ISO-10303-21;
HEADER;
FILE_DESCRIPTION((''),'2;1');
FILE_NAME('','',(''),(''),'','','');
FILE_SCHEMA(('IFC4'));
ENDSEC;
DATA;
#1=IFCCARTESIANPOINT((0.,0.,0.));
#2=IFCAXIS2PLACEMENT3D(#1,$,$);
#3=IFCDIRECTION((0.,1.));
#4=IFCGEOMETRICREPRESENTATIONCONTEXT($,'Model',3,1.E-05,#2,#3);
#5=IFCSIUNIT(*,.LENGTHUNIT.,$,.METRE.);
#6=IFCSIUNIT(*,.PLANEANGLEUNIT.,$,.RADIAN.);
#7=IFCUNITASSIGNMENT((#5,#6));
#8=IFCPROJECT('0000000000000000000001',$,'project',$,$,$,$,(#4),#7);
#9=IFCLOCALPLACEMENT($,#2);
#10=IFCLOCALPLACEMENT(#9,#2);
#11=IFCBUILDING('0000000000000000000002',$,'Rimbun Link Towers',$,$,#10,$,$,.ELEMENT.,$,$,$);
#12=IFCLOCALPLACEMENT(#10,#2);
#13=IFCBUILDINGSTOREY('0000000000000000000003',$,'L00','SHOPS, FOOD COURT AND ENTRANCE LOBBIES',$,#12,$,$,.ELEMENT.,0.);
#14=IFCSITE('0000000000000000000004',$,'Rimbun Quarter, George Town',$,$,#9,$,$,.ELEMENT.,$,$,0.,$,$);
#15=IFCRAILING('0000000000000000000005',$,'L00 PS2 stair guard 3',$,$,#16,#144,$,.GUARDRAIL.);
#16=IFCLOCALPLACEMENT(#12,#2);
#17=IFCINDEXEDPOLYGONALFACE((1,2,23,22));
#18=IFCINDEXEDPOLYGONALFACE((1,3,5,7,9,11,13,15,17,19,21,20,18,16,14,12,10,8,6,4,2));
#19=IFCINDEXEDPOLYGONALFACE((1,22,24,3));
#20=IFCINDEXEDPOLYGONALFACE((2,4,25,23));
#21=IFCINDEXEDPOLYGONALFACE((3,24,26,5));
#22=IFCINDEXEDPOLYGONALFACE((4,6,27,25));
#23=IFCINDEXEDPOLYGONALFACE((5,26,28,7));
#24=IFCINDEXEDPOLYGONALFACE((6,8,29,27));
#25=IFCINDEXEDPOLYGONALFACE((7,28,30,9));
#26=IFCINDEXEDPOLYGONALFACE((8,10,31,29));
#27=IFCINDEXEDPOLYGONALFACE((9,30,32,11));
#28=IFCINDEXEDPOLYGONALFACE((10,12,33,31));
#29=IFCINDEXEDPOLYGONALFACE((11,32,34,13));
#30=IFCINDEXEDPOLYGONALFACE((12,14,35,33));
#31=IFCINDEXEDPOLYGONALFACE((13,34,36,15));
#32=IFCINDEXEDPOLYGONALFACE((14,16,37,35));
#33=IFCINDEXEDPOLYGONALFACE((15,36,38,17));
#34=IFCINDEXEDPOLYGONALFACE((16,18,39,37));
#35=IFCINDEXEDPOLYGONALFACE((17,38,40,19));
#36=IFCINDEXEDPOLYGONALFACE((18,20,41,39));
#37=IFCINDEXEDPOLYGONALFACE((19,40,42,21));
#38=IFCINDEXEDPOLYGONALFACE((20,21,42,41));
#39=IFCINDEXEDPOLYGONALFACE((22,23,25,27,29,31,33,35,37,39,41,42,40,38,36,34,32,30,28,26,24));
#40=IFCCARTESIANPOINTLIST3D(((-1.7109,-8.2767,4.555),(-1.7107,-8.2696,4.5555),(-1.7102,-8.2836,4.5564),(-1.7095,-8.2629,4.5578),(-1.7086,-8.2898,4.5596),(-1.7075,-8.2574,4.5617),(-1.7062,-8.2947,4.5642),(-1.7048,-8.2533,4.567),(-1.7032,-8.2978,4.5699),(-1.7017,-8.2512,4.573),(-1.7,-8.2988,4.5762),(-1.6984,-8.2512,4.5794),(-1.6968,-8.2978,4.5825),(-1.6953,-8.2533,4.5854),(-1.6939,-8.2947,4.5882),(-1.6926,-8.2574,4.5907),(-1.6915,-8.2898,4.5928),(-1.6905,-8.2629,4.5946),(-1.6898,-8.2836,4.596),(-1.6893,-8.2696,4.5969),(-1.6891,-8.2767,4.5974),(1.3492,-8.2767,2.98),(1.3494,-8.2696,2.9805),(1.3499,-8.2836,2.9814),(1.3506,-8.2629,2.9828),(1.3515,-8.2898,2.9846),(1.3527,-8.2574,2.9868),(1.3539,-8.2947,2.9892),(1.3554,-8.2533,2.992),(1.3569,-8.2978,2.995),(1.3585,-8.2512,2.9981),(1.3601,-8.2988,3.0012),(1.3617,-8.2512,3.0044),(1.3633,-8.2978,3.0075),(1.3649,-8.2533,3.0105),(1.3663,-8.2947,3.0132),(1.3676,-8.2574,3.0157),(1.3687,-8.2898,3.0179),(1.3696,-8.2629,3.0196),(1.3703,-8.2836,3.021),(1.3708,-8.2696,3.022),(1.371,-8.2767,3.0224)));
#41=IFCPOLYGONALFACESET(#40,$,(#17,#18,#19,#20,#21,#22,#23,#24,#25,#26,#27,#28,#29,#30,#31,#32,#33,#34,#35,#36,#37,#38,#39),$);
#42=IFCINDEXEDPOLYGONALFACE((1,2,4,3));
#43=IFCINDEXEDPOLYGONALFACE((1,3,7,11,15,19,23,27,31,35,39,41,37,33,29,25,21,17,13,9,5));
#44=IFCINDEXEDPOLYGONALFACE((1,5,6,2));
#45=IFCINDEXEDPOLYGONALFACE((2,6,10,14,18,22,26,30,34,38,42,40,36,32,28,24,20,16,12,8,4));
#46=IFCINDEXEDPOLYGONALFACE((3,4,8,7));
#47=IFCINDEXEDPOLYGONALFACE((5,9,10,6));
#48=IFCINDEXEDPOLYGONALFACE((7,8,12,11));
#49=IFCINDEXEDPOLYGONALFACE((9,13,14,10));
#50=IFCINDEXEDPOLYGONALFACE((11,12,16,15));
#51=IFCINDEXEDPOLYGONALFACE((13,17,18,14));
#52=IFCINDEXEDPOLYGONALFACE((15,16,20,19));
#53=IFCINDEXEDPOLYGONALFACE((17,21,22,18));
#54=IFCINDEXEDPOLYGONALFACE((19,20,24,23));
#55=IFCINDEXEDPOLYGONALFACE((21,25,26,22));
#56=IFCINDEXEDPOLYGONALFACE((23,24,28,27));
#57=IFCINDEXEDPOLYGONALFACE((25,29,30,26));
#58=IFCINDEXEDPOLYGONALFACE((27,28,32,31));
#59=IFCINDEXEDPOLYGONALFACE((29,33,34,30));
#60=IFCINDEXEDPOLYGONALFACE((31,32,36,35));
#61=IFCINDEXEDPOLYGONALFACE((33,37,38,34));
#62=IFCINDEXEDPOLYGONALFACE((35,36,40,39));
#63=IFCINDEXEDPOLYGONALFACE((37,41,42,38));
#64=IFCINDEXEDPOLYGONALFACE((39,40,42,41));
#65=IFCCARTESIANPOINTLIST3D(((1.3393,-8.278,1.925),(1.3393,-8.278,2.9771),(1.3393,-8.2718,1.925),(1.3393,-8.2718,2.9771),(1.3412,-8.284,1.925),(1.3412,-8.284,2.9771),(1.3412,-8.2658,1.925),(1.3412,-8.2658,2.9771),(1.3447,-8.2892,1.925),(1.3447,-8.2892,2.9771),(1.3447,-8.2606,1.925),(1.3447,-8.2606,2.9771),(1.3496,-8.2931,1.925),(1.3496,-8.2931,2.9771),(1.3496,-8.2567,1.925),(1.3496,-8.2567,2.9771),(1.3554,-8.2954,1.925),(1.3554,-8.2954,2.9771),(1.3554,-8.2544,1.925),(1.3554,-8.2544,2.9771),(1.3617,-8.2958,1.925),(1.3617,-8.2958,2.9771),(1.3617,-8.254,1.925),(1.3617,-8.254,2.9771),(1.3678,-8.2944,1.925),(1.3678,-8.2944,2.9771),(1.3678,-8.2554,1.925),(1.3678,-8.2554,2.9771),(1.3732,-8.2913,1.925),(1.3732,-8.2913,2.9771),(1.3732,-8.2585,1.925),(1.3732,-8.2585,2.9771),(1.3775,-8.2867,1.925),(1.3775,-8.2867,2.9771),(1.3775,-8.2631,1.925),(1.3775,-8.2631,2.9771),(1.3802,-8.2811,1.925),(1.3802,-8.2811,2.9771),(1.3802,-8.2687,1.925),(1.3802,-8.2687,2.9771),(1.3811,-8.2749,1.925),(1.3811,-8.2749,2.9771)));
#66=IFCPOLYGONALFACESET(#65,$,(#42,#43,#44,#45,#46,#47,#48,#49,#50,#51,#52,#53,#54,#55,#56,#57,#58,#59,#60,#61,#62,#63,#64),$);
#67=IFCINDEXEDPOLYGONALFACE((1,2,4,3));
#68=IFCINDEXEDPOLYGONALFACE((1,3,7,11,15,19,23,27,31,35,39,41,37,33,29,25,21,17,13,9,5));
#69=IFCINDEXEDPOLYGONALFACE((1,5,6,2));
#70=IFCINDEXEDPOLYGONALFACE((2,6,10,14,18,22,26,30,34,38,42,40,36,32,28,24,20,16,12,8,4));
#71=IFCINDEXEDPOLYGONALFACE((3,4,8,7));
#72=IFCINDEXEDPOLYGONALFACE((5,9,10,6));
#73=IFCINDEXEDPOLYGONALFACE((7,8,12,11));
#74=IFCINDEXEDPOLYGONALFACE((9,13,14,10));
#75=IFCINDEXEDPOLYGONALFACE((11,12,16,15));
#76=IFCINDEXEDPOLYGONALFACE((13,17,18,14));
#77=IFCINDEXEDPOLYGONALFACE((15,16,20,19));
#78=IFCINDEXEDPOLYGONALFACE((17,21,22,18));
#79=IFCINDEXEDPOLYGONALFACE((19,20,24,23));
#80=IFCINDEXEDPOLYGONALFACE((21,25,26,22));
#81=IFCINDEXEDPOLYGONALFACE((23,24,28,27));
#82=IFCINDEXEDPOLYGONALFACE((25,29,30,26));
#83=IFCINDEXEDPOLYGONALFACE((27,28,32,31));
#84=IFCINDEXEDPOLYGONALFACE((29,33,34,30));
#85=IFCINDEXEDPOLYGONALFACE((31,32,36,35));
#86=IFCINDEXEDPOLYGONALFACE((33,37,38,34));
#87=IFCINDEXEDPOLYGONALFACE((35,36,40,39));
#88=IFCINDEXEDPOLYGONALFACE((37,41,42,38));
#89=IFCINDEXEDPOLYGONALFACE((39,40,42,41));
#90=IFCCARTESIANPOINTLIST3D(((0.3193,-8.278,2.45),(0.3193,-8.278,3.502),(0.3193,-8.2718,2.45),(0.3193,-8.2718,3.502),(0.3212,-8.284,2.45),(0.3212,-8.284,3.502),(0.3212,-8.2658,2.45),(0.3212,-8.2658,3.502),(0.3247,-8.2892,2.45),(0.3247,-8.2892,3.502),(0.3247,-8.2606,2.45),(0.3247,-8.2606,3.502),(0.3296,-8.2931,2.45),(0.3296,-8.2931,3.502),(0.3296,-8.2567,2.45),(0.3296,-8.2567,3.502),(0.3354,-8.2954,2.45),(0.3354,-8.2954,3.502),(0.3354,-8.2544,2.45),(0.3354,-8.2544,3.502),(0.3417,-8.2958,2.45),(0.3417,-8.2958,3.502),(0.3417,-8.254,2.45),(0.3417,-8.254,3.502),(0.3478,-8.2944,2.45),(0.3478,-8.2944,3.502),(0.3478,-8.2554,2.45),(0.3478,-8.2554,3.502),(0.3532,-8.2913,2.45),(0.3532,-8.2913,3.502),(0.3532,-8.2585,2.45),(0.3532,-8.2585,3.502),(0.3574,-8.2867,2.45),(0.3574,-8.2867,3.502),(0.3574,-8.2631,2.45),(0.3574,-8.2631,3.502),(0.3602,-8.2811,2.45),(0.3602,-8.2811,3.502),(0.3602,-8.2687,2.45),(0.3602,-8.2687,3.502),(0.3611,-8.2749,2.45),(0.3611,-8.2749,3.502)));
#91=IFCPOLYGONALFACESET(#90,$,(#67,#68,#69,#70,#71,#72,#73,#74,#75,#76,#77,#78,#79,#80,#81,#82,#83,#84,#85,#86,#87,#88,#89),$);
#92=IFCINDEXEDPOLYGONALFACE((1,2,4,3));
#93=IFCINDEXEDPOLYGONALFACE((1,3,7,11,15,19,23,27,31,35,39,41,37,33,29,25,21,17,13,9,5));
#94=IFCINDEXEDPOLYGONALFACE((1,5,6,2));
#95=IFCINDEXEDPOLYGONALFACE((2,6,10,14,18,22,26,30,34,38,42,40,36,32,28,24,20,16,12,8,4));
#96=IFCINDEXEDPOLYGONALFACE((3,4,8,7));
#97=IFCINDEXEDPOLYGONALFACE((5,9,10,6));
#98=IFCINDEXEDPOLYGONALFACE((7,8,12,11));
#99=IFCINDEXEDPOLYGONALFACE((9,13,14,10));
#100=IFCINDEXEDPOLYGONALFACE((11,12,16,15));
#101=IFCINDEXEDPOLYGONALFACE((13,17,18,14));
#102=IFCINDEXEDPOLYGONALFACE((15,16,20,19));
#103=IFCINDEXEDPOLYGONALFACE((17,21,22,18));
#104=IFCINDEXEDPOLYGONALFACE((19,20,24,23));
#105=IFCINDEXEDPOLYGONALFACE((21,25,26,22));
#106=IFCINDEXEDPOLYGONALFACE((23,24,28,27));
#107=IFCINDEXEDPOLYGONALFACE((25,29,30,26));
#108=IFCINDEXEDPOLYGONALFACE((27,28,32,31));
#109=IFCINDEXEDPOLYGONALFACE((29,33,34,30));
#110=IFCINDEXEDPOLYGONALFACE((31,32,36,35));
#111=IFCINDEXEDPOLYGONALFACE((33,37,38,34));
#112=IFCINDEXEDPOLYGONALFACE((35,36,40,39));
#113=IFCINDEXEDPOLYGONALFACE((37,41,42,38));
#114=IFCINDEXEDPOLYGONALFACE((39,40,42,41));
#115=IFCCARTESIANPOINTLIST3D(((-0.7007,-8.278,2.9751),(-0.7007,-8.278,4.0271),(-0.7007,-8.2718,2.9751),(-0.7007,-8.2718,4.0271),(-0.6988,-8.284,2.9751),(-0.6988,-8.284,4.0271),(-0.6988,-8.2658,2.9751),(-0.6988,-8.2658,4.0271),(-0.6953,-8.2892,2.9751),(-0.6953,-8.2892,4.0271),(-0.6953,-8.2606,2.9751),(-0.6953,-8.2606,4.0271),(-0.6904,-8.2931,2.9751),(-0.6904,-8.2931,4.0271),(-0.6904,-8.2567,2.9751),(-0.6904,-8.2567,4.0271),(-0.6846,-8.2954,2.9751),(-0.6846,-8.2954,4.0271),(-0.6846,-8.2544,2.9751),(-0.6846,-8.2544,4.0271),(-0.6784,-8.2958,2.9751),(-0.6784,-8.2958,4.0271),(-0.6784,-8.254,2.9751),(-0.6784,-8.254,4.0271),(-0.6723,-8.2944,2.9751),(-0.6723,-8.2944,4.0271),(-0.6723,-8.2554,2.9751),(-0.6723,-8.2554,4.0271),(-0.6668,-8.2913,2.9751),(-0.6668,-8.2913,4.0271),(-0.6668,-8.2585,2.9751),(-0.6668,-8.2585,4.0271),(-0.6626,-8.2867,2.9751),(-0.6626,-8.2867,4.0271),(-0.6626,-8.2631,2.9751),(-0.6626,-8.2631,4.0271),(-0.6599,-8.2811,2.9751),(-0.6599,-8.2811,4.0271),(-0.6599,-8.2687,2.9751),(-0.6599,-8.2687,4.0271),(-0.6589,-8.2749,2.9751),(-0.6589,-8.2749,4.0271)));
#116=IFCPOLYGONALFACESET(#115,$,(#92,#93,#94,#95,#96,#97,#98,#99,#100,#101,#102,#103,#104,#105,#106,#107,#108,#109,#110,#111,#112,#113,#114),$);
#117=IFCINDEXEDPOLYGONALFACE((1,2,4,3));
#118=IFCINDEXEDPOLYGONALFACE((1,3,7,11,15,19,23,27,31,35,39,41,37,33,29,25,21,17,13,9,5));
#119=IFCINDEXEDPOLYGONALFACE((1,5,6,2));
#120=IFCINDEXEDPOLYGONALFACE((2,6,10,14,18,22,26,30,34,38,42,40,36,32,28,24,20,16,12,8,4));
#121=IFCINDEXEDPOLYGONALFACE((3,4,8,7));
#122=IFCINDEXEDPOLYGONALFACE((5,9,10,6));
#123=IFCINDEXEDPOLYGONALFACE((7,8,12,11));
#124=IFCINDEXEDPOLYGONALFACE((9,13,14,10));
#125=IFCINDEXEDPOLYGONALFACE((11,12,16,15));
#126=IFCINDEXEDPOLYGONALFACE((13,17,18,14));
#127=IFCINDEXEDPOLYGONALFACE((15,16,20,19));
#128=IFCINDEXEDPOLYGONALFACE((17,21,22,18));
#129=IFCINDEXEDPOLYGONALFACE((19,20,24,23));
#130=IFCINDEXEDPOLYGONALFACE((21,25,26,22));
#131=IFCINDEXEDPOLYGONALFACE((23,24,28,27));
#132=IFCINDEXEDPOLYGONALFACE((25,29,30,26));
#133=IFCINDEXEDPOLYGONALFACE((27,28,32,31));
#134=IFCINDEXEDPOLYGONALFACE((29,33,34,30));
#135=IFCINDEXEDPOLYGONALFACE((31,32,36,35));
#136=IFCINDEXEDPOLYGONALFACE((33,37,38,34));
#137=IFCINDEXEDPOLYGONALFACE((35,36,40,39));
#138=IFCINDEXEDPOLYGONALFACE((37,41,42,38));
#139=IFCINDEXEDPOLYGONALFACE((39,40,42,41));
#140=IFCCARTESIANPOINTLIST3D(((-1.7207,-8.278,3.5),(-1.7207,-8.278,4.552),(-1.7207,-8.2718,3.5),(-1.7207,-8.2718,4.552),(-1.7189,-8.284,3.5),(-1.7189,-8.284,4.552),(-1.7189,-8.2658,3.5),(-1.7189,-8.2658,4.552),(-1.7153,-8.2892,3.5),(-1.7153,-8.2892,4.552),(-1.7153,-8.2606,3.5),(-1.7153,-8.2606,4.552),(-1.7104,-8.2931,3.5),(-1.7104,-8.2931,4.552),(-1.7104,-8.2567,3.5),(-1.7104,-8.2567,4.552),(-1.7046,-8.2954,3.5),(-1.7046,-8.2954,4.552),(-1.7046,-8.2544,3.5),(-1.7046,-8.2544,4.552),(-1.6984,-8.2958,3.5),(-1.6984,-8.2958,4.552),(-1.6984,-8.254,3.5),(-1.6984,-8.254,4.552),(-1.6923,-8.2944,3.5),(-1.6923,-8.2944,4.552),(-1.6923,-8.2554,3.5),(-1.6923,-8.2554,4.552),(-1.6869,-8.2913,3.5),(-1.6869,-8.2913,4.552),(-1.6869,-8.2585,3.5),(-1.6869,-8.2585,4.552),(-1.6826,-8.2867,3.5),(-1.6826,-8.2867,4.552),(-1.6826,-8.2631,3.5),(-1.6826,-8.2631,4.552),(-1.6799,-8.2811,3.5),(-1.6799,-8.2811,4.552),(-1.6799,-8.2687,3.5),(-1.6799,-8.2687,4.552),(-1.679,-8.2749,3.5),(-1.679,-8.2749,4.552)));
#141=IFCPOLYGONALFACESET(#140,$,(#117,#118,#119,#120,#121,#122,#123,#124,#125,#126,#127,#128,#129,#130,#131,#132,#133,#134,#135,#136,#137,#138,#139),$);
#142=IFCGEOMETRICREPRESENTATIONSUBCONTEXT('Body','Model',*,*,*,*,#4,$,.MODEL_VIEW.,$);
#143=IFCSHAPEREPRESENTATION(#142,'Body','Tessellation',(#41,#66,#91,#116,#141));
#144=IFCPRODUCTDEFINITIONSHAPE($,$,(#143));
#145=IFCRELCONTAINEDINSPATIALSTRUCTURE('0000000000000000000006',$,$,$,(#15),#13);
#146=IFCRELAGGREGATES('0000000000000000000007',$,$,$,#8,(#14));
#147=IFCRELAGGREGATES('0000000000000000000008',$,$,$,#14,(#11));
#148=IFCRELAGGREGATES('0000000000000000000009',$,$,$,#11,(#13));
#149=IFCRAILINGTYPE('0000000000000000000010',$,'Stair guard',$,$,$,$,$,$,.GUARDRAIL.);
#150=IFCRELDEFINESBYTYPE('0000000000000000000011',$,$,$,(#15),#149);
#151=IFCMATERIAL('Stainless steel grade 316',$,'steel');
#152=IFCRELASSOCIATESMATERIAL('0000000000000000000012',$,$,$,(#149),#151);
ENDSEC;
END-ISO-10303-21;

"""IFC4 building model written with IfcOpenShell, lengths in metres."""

from ifc_helpers import new_model, si_unit, direction, frame, origin, origin_2d, place, context, subcontext, project, spatial, circle, extrude, material, type_object, element, save


model = new_model("IFC4")

# Units and contexts
model_context = context("Model", 3, precision=1e-05, world=origin(), true_north=direction((0.0, 1.0)))
body_context = subcontext(model_context, "Body", "Model", "MODEL_VIEW")
ifc_project = project(units=[si_unit("LENGTHUNIT", "METRE"), si_unit("PLANEANGLEUNIT", "RADIAN")], contexts=[model_context])

# Site, building, storey
site_placement = place(None, origin())
site = spatial("IfcSite", under=ifc_project, at=site_placement, Name="Rimbun Quarter, George Town", CompositionType="ELEMENT", RefElevation=0.0)
building_placement = place(site_placement, origin())
building = spatial("IfcBuilding", under=site, at=building_placement, Name="Rimbun Link Towers", CompositionType="ELEMENT")
storey_placement = place(building_placement, origin())
storey = spatial("IfcBuildingStorey", under=building, at=storey_placement, Name="L00", Description="SHOPS, FOOD COURT AND ENTRANCE LOBBIES", CompositionType="ELEMENT", Elevation=0.0)

# Railing
ifc_material_1 = material(Name="Stainless steel grade 316", Category="steel")
railing_type_1 = type_object("IfcRailingType", Name="Stair guard", PredefinedType="GUARDRAIL", material=ifc_material_1)
railing_1_placement = place(storey_placement, frame((1.3601, -8.2749, 1.925)))
element("IfcRailing", 1, at=railing_1_placement, inside=storey, type_object=railing_type_1, Name="L00 PS2 stair guard 3", PredefinedType="GUARDRAIL", context=body_context, shape_type="SweptSolid", body=[
    extrude(circle(Radius=0.0239, at=origin_2d()), frame((0.0, 0.0, 1.0762), z_axis=(-0.889145, 0.0, 0.457625), x_axis=(0.0, -1.0, 0.0)), (0.0, 0.0, 1.0), 3.4417),
    extrude(circle(Radius=0.021, at=origin_2d()), origin(), (0.0, 0.0, 1.0), 1.052),
    extrude(circle(Radius=0.021, at=origin_2d()), frame((-1.02, 0.0, 0.5249)), (0.0, 0.0, 1.0), 1.052),
    extrude(circle(Radius=0.021, at=origin_2d()), frame((-2.04, 0.0, 1.05)), (0.0, 0.0, 1.0), 1.052),
    extrude(circle(Radius=0.021, at=origin_2d()), frame((-3.0601, 0.0, 1.575)), (0.0, 0.0, 1.0), 1.052),
])

save(model, "model.ifc")
